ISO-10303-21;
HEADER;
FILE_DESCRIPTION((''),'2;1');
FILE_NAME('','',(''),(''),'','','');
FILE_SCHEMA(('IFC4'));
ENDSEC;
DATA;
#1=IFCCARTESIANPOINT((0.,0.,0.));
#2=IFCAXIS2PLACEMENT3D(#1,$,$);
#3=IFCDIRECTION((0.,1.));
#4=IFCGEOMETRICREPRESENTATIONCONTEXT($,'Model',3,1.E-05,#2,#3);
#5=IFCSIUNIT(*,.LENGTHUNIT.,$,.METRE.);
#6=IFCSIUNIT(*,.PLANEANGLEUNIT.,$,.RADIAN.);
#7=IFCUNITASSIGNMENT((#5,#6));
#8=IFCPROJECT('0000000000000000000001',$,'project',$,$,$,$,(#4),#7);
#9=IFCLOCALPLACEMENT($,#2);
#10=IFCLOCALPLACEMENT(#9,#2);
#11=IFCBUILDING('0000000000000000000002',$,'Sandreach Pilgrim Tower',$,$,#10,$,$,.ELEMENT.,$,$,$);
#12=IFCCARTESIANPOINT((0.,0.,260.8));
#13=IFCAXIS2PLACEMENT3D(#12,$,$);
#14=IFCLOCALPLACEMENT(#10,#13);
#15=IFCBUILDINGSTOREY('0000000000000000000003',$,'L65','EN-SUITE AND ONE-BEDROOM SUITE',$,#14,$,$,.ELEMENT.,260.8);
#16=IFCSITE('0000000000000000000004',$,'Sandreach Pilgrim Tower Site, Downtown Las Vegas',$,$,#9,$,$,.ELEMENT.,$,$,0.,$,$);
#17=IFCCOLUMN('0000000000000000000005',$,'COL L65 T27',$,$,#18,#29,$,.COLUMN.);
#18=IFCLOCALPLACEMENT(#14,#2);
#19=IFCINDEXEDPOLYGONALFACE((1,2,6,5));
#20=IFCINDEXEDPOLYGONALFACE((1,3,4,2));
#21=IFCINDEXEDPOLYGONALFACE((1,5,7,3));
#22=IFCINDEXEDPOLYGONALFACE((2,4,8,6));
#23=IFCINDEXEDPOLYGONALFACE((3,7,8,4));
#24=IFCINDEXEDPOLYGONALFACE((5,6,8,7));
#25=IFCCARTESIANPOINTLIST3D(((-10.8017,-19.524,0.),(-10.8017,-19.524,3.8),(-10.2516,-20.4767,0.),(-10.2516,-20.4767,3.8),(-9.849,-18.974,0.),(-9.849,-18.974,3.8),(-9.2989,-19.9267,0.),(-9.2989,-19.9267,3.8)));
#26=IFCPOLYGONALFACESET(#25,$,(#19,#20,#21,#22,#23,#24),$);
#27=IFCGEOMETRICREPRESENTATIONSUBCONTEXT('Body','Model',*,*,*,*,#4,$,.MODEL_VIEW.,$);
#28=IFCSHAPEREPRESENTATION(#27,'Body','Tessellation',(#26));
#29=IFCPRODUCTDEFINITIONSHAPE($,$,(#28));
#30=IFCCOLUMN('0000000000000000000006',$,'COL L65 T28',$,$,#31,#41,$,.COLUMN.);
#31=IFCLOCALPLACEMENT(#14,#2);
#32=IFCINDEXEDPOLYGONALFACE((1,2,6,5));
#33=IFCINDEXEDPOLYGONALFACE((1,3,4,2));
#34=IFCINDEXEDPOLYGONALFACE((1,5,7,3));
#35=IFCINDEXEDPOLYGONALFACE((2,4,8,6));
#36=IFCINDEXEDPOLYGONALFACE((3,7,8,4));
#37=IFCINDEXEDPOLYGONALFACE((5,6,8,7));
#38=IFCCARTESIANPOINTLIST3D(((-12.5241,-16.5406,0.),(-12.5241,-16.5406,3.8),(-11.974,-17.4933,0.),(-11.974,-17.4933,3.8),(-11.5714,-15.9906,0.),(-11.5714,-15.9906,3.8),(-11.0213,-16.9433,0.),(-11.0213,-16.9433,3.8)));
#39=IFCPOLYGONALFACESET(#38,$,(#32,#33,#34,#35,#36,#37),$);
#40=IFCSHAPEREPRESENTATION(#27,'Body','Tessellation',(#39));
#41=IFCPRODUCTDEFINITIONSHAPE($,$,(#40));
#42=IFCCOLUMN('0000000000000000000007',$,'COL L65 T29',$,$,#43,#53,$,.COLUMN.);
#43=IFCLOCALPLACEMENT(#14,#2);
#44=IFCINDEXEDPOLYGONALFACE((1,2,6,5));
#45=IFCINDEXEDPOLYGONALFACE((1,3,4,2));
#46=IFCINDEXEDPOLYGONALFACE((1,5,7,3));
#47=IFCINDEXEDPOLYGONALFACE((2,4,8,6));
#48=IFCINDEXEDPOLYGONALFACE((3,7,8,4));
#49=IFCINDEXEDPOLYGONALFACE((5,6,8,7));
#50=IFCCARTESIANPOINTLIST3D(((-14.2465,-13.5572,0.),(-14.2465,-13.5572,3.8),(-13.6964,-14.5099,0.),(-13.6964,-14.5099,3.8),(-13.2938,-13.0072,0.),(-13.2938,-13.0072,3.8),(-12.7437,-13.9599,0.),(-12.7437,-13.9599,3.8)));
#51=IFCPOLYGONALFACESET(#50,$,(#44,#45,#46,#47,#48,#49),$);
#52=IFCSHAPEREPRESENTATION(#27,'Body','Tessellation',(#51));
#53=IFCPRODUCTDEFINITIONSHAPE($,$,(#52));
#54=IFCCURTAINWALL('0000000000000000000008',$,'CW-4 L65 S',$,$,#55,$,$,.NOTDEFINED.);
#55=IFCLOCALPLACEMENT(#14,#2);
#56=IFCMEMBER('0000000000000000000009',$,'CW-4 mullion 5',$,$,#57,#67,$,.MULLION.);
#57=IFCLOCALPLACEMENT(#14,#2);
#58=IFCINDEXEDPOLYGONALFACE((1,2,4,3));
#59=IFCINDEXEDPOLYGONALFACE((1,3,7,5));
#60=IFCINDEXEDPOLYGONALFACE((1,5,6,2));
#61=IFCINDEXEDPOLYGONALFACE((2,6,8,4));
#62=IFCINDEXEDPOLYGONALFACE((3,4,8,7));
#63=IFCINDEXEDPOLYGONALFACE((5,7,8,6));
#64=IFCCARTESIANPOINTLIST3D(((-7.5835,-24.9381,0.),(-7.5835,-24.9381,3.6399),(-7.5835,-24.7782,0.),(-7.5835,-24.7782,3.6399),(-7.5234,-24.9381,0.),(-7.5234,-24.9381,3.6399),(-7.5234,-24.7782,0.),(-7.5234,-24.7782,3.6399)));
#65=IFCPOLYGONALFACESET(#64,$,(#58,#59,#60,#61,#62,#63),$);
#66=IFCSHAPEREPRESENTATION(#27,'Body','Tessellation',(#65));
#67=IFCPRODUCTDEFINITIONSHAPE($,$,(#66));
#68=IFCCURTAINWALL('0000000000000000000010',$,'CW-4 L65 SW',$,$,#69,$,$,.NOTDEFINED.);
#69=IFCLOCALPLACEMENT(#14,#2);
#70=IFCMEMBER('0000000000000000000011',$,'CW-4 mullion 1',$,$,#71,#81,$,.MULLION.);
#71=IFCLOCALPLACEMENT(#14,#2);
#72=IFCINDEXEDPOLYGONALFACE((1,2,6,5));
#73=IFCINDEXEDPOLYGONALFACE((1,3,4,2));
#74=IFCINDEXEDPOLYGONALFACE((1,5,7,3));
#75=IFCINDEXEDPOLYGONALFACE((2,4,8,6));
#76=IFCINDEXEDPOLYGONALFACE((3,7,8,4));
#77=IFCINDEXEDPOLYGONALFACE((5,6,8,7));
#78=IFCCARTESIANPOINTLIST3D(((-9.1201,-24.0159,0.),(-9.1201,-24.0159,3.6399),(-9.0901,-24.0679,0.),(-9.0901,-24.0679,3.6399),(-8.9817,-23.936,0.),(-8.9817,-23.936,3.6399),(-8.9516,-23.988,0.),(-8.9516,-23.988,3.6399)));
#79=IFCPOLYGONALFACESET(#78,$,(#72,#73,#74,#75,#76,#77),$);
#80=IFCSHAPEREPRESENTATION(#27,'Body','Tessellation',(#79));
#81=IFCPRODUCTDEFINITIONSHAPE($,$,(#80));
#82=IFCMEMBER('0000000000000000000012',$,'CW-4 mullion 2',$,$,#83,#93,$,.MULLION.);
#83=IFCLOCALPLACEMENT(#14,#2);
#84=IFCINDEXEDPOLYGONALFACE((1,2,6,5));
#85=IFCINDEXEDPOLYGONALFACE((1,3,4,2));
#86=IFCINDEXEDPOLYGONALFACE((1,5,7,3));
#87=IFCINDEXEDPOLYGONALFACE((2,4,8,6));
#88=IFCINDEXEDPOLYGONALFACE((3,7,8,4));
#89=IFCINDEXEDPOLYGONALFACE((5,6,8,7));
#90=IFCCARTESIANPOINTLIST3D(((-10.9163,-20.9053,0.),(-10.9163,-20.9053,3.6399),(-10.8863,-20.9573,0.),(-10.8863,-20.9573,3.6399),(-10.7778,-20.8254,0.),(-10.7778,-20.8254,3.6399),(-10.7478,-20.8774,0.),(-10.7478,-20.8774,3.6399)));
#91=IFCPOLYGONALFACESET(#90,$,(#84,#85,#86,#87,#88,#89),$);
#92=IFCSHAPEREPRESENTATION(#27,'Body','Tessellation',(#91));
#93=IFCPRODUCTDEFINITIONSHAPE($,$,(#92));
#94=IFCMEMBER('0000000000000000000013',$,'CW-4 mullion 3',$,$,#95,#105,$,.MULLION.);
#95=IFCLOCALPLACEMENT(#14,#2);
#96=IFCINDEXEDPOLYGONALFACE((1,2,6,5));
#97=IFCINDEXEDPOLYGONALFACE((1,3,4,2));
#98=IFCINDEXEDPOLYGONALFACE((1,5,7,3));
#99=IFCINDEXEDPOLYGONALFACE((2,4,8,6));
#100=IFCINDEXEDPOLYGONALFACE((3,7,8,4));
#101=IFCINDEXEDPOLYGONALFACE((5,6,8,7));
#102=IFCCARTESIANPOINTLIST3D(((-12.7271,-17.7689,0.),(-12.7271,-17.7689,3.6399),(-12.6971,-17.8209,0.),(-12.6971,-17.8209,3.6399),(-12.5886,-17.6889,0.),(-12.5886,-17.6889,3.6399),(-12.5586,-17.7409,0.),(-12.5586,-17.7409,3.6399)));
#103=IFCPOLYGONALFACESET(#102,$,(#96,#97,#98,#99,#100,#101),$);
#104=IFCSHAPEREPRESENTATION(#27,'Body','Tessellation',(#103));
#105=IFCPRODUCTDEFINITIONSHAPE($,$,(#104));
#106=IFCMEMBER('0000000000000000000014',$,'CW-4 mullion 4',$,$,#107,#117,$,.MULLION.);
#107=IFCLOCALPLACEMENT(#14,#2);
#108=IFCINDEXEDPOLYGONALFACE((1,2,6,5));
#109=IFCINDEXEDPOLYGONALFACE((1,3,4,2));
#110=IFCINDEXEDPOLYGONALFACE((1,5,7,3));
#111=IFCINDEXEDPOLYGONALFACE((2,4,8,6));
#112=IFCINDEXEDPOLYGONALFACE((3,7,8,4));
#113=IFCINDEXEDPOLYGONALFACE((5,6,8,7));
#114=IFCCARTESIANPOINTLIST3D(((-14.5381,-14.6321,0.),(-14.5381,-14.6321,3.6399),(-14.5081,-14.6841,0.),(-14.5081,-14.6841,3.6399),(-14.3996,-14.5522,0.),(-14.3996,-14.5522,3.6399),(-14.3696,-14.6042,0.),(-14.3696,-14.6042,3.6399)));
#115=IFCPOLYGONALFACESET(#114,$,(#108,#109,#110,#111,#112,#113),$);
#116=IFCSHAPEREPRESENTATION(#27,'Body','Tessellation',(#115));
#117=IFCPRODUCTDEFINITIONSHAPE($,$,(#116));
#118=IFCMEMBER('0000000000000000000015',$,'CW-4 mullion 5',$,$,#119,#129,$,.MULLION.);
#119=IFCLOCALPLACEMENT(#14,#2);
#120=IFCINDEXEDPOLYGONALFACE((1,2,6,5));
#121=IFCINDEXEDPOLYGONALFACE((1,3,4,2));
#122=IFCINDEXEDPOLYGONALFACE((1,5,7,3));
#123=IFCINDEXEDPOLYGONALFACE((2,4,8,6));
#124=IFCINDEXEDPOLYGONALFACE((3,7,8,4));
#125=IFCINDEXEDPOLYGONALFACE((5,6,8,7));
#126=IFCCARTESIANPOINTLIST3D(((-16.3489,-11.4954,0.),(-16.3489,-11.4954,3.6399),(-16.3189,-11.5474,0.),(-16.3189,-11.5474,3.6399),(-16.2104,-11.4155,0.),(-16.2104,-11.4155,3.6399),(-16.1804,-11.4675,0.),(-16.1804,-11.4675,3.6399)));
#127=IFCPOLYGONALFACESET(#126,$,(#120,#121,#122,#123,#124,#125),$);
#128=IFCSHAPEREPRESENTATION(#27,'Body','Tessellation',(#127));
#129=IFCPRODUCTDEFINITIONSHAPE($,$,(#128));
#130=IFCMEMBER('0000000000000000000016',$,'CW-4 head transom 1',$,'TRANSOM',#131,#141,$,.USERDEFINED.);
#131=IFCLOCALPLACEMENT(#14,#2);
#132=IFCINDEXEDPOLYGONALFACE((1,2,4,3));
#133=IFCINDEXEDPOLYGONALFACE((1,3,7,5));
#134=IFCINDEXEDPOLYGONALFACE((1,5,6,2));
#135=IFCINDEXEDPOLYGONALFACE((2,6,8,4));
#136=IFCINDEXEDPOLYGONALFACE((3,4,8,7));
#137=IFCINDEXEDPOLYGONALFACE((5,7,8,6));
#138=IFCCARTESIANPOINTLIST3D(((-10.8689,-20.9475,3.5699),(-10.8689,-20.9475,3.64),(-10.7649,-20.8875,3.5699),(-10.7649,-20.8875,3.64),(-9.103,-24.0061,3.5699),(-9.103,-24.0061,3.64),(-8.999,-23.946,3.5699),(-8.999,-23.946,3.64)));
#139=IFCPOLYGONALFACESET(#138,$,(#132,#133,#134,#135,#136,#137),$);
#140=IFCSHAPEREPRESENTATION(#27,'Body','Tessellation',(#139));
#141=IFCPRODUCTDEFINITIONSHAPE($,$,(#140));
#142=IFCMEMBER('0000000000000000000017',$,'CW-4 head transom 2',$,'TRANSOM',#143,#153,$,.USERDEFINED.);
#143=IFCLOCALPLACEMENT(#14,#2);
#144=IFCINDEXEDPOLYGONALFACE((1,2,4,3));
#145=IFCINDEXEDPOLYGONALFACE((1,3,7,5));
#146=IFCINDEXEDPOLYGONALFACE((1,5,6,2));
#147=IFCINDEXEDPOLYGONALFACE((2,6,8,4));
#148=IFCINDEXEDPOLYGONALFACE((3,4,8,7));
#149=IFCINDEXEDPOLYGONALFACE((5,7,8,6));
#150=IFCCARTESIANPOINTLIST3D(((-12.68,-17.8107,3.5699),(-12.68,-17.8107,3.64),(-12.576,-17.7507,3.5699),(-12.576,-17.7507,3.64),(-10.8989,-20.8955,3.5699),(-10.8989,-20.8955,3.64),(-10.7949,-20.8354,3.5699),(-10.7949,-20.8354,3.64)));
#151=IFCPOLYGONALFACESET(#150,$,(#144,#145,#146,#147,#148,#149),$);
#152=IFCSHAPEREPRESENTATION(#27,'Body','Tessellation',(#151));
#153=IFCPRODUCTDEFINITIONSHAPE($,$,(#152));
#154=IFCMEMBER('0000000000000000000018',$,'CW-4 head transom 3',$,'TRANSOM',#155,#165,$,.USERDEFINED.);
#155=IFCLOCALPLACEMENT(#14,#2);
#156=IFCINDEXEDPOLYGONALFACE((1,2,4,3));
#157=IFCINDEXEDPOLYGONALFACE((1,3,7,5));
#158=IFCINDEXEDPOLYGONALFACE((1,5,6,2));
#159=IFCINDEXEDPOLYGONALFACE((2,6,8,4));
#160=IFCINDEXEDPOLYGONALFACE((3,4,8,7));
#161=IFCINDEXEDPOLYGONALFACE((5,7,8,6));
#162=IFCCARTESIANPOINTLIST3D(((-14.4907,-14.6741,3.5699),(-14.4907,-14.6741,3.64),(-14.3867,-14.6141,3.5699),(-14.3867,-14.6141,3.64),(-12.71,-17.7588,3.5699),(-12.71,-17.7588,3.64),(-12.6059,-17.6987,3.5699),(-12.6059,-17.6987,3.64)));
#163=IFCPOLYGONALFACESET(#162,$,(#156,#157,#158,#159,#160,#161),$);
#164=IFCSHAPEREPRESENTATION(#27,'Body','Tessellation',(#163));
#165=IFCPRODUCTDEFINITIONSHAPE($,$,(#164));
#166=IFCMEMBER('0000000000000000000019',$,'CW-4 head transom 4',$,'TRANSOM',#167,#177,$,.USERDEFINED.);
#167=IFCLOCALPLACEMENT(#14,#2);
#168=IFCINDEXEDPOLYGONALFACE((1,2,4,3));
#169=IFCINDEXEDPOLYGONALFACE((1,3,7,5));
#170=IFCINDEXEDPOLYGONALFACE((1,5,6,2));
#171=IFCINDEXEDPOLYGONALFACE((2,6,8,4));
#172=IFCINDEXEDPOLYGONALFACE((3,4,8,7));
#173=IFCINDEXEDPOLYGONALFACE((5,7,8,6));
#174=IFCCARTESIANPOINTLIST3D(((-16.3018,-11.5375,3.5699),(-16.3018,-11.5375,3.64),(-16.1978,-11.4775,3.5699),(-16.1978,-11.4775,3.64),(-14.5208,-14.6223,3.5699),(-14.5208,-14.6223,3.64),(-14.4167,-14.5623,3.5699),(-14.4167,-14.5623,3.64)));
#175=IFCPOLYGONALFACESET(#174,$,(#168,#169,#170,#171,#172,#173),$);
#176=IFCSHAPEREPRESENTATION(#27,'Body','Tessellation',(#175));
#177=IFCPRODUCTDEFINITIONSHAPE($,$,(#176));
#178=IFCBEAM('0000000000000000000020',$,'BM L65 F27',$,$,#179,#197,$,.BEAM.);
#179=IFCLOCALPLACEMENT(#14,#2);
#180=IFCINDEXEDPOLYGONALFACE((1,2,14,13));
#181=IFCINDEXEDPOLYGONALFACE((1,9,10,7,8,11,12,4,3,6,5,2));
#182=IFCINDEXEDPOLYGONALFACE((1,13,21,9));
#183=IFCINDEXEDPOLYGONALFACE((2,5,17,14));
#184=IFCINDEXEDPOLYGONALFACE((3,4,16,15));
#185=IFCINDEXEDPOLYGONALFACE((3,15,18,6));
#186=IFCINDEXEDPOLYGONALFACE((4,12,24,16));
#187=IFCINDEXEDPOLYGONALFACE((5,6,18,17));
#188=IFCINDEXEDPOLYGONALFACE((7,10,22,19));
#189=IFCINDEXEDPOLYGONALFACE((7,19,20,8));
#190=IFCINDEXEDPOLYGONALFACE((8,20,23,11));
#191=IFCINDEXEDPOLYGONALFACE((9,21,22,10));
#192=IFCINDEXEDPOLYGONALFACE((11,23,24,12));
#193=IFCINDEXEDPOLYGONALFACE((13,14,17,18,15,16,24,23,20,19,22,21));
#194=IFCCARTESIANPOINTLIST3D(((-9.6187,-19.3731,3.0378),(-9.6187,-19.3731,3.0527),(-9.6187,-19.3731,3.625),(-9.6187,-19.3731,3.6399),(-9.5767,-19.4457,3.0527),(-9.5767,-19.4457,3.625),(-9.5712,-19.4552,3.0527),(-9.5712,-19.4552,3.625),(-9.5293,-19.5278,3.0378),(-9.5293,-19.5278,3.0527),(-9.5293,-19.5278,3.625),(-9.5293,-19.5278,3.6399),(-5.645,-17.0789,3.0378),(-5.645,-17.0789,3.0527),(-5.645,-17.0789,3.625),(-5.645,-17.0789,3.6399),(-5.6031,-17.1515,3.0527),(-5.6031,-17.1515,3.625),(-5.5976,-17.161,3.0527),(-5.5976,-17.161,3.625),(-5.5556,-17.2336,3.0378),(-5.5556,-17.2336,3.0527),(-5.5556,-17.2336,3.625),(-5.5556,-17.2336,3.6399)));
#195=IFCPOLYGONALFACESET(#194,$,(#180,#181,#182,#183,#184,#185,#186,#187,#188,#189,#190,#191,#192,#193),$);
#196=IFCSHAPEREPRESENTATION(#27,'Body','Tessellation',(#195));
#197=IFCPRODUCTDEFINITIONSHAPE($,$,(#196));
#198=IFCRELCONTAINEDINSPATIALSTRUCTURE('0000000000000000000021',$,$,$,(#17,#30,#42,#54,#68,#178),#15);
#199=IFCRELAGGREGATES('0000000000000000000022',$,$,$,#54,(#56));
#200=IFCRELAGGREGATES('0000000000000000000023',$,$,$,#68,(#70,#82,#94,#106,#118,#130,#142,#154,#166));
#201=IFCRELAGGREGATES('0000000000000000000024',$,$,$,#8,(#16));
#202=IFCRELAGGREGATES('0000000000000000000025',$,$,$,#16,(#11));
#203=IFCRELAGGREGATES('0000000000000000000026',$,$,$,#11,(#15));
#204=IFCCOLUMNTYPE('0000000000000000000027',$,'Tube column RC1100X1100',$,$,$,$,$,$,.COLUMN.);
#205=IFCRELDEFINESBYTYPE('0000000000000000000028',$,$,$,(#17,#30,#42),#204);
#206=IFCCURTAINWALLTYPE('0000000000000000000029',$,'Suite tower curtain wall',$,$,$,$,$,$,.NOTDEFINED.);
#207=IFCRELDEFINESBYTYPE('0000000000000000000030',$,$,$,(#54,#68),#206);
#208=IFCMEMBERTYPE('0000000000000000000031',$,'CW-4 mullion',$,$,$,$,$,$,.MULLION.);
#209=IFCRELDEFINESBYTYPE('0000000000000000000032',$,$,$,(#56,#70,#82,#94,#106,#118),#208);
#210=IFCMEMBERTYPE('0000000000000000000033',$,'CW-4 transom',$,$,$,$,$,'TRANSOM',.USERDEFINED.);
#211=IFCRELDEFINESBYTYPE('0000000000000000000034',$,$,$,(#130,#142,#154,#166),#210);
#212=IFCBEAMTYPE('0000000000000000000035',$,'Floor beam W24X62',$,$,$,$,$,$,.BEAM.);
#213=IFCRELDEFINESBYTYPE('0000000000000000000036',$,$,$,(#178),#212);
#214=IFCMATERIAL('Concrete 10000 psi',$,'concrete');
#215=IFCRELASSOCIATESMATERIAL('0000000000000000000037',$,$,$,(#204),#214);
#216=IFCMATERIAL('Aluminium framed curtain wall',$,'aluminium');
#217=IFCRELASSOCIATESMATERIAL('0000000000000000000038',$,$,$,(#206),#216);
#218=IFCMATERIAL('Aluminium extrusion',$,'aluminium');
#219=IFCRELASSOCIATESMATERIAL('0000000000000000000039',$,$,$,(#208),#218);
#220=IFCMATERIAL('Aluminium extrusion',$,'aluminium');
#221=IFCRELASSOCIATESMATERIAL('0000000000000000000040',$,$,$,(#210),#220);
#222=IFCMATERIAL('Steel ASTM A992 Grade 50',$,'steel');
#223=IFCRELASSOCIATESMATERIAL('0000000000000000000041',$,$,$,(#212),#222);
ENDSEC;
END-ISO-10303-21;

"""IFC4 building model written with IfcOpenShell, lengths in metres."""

from ifc_helpers import new_model, si_unit, direction, frame, origin, origin_2d, place, context, subcontext, project, spatial, rectangle, i_section, extrude, material, material_profile, profile_set, type_object, element, aggregate, save


model = new_model("IFC4")

# Units and contexts
model_context = context("Model", 3, precision=1e-05, world=origin(), true_north=direction((0.0, 1.0)))
body_context = subcontext(model_context, "Body", "Model", "MODEL_VIEW")
ifc_project = project(units=[si_unit("LENGTHUNIT", "METRE"), si_unit("PLANEANGLEUNIT", "RADIAN")], contexts=[model_context])

# Site, building, storey
site_placement = place(None, origin())
site = spatial("IfcSite", under=ifc_project, at=site_placement, Name="Sandreach Pilgrim Tower Site, Downtown Las Vegas", CompositionType="ELEMENT", RefElevation=0.0)
building_placement = place(site_placement, origin())
building = spatial("IfcBuilding", under=site, at=building_placement, Name="Sandreach Pilgrim Tower", CompositionType="ELEMENT")
storey_placement = place(building_placement, frame((0.0, 0.0, 260.8)))
storey = spatial("IfcBuildingStorey", under=building, at=storey_placement, Name="L65", Description="EN-SUITE AND ONE-BEDROOM SUITE", CompositionType="ELEMENT", Elevation=260.8)

# Columns
ifc_material_1 = material(Name="Concrete 10000 psi", Category="concrete")
ifc_material_profile_1 = material_profile(ifc_material_1, rectangle(XDim=1.1001, YDim=1.1001, at=origin_2d()), Name="RC1100X1100")
ifc_profile_set_1 = profile_set([ifc_material_profile_1], Name="Concrete 10000 psi")
column_type = type_object("IfcColumnType", Name="Tube column RC1100X1100", PredefinedType="COLUMN", material=ifc_profile_set_1)
for number, where, z_axis, x_axis, name in (
    (1, (-10.0503, -19.7253, 0.0), (0.0, 0.0, 1.0), (-0.866025, -0.5, 0.0), "COL L65 T27"),
    (2, (-11.7727, -16.7419, 0.0), (0.0, 0.0, 1.0), (-0.866025, -0.5, 0.0), "COL L65 T28"),
    (3, (-13.4951, -13.7585, 0.0), (0.0, 0.0, 1.0), (-0.866025, -0.5, 0.0), "COL L65 T29"),
):
    element("IfcColumn", number, at=place(storey_placement, frame(where, z_axis=z_axis, x_axis=x_axis)), inside=storey, type_object=column_type, Name=name, PredefinedType="COLUMN", context=body_context, shape_type="SweptSolid", body=[
        extrude(rectangle(XDim=1.1001, YDim=1.1001, at=origin_2d()), origin(), (0.0, 0.0, 1.0), 3.8),
    ])

# Curtain wall, member
ifc_material_2 = material(Name="Aluminium framed curtain wall", Category="aluminium")
curtain_wall_type = type_object("IfcCurtainWallType", Name="Suite tower curtain wall", PredefinedType="NOTDEFINED", material=ifc_material_2)
curtain_wall_1_placement = place(storey_placement, origin())
curtain_wall_1 = element("IfcCurtainWall", 4, at=curtain_wall_1_placement, inside=storey, type_object=curtain_wall_type, Name="CW-4 L65 S", PredefinedType="NOTDEFINED")
ifc_material_3 = material(Name="Aluminium extrusion", Category="aluminium")
ifc_material_profile_2 = material_profile(ifc_material_3, rectangle(XDim=0.0601, YDim=0.1599, at=origin_2d()), Name="CW-4M 60X160")
ifc_profile_set_2 = profile_set([ifc_material_profile_2], Name="Aluminium extrusion")
member_type_1 = type_object("IfcMemberType", Name="CW-4 mullion", PredefinedType="MULLION", material=ifc_profile_set_2)
member_1_placement = place(storey_placement, frame((-7.5535, -24.8582, 0.0), z_axis=(0.0, 0.0, 1.0), x_axis=(-1.0, 0.0, 0.0)))
member_1 = element("IfcMember", 5, at=member_1_placement, type_object=member_type_1, Name="CW-4 mullion 5", PredefinedType="MULLION", context=body_context, shape_type="SweptSolid", body=[
    extrude(rectangle(XDim=0.0601, YDim=0.1599, at=origin_2d()), origin(), (0.0, 0.0, 1.0), 3.6399),
])
aggregate(curtain_wall_1, [member_1])

# Curtain wall, members
curtain_wall_2_placement = place(storey_placement, origin())
curtain_wall_2 = element("IfcCurtainWall", 6, at=curtain_wall_2_placement, inside=storey, type_object=curtain_wall_type, Name="CW-4 L65 SW", PredefinedType="NOTDEFINED")
member_2_placement = place(storey_placement, frame((-9.0359, -24.002, 0.0), z_axis=(0.0, 0.0, 1.0), x_axis=(-0.5, 0.866025, 0.0)))
member_2 = element("IfcMember", 7, at=member_2_placement, type_object=member_type_1, Name="CW-4 mullion 1", PredefinedType="MULLION", context=body_context, shape_type="SweptSolid", body=[
    extrude(rectangle(XDim=0.0601, YDim=0.1599, at=origin_2d()), origin(), (0.0, 0.0, 1.0), 3.6399),
])
member_3_placement = place(storey_placement, frame((-10.832, -20.8914, 0.0), z_axis=(0.0, 0.0, 1.0), x_axis=(-0.5, 0.866025, 0.0)))
member_3 = element("IfcMember", 8, at=member_3_placement, type_object=member_type_1, Name="CW-4 mullion 2", PredefinedType="MULLION", context=body_context, shape_type="SweptSolid", body=[
    extrude(rectangle(XDim=0.0601, YDim=0.1599, at=origin_2d()), origin(), (0.0, 0.0, 1.0), 3.6399),
])
member_4_placement = place(storey_placement, frame((-12.6428, -17.7549, 0.0), z_axis=(0.0, 0.0, 1.0), x_axis=(-0.5, 0.866025, 0.0)))
member_4 = element("IfcMember", 9, at=member_4_placement, type_object=member_type_1, Name="CW-4 mullion 3", PredefinedType="MULLION", context=body_context, shape_type="SweptSolid", body=[
    extrude(rectangle(XDim=0.0601, YDim=0.1599, at=origin_2d()), origin(), (0.0, 0.0, 1.0), 3.6399),
])
member_5_placement = place(storey_placement, frame((-14.4539, -14.6182, 0.0), z_axis=(0.0, 0.0, 1.0), x_axis=(-0.5, 0.866025, 0.0)))
member_5 = element("IfcMember", 10, at=member_5_placement, type_object=member_type_1, Name="CW-4 mullion 4", PredefinedType="MULLION", context=body_context, shape_type="SweptSolid", body=[
    extrude(rectangle(XDim=0.0601, YDim=0.1599, at=origin_2d()), origin(), (0.0, 0.0, 1.0), 3.6399),
])
member_6_placement = place(storey_placement, frame((-16.2646, -11.4814, 0.0), z_axis=(0.0, 0.0, 1.0), x_axis=(-0.5, 0.866025, 0.0)))
member_6 = element("IfcMember", 11, at=member_6_placement, type_object=member_type_1, Name="CW-4 mullion 5", PredefinedType="MULLION", context=body_context, shape_type="SweptSolid", body=[
    extrude(rectangle(XDim=0.0601, YDim=0.1599, at=origin_2d()), origin(), (0.0, 0.0, 1.0), 3.6399),
])
ifc_material_4 = material(Name="Aluminium extrusion", Category="aluminium")
ifc_material_profile_3 = material_profile(ifc_material_4, rectangle(XDim=0.1201, YDim=0.0701, at=origin_2d()), Name="CW-4T 120X70")
ifc_profile_set_3 = profile_set([ifc_material_profile_3], Name="Aluminium extrusion")
member_type_2 = type_object("IfcMemberType", Name="CW-4 transom", ElementType="TRANSOM", PredefinedType="USERDEFINED", material=ifc_profile_set_3)
member_7_placement = place(storey_placement, frame((-9.051, -23.9761, 3.605), z_axis=(-0.499998, 0.866027, 0.0), x_axis=(-0.866027, -0.499998, 0.0)))
member_7 = element("IfcMember", 12, at=member_7_placement, type_object=member_type_2, Name="CW-4 head transom 1", ObjectType="TRANSOM", PredefinedType="USERDEFINED", context=body_context, shape_type="SweptSolid", body=[
    extrude(rectangle(XDim=0.1201, YDim=0.0701, at=origin_2d()), origin(), (0.0, 0.0, 1.0), 3.5317),
])
member_8_placement = place(storey_placement, frame((-10.8469, -20.8655, 3.605), z_axis=(-0.500009, 0.86602, 0.0), x_axis=(-0.86602, -0.500009, 0.0)))
member_8 = element("IfcMember", 13, at=member_8_placement, type_object=member_type_2, Name="CW-4 head transom 2", ObjectType="TRANSOM", PredefinedType="USERDEFINED", context=body_context, shape_type="SweptSolid", body=[
    extrude(rectangle(XDim=0.1201, YDim=0.0701, at=origin_2d()), origin(), (0.0, 0.0, 1.0), 3.562),
])
member_9_placement = place(storey_placement, frame((-12.658, -17.7288, 3.605), z_axis=(-0.499958, 0.86605, 0.0), x_axis=(-0.86605, -0.499958, 0.0)))
member_9 = element("IfcMember", 14, at=member_9_placement, type_object=member_type_2, Name="CW-4 head transom 3", ObjectType="TRANSOM", PredefinedType="USERDEFINED", context=body_context, shape_type="SweptSolid", body=[
    extrude(rectangle(XDim=0.1201, YDim=0.0701, at=origin_2d()), origin(), (0.0, 0.0, 1.0), 3.5618),
])
member_10_placement = place(storey_placement, frame((-14.4688, -14.5923, 3.605), z_axis=(-0.500009, 0.86602, 0.0), x_axis=(-0.86602, -0.500009, 0.0)))
member_10 = element("IfcMember", 15, at=member_10_placement, type_object=member_type_2, Name="CW-4 head transom 4", ObjectType="TRANSOM", PredefinedType="USERDEFINED", context=body_context, shape_type="SweptSolid", body=[
    extrude(rectangle(XDim=0.1201, YDim=0.0701, at=origin_2d()), origin(), (0.0, 0.0, 1.0), 3.562),
])

# Beam
ifc_material_5 = material(Name="Steel ASTM A992 Grade 50", Category="steel")
ifc_material_profile_4 = material_profile(ifc_material_5, i_section(OverallWidth=0.1787, OverallDepth=0.6021, WebThickness=0.011, FlangeThickness=0.0149, at=origin_2d()), Name="W24X62")
ifc_profile_set_4 = profile_set([ifc_material_profile_4], Name="Steel ASTM A992 Grade 50")
beam_type_1 = type_object("IfcBeamType", Name="Floor beam W24X62", PredefinedType="BEAM", material=ifc_profile_set_4)
beam_1_placement = place(storey_placement, frame((-9.574, -19.4504, 3.3389), z_axis=(0.866024, 0.500002, 0.0), x_axis=(-0.500002, 0.866024, 0.0)))
element("IfcBeam", 16, at=beam_1_placement, inside=storey, type_object=beam_type_1, Name="BM L65 F27", PredefinedType="BEAM", context=body_context, shape_type="SweptSolid", body=[
    extrude(i_section(OverallWidth=0.1787, OverallDepth=0.6021, WebThickness=0.011, FlangeThickness=0.0149, at=origin_2d()), origin(), (0.0, 0.0, 1.0), 4.5884),
])

aggregate(curtain_wall_2, [member_2, member_3, member_4, member_5, member_6, member_7, member_8, member_9, member_10])

save(model, "model.ifc")
